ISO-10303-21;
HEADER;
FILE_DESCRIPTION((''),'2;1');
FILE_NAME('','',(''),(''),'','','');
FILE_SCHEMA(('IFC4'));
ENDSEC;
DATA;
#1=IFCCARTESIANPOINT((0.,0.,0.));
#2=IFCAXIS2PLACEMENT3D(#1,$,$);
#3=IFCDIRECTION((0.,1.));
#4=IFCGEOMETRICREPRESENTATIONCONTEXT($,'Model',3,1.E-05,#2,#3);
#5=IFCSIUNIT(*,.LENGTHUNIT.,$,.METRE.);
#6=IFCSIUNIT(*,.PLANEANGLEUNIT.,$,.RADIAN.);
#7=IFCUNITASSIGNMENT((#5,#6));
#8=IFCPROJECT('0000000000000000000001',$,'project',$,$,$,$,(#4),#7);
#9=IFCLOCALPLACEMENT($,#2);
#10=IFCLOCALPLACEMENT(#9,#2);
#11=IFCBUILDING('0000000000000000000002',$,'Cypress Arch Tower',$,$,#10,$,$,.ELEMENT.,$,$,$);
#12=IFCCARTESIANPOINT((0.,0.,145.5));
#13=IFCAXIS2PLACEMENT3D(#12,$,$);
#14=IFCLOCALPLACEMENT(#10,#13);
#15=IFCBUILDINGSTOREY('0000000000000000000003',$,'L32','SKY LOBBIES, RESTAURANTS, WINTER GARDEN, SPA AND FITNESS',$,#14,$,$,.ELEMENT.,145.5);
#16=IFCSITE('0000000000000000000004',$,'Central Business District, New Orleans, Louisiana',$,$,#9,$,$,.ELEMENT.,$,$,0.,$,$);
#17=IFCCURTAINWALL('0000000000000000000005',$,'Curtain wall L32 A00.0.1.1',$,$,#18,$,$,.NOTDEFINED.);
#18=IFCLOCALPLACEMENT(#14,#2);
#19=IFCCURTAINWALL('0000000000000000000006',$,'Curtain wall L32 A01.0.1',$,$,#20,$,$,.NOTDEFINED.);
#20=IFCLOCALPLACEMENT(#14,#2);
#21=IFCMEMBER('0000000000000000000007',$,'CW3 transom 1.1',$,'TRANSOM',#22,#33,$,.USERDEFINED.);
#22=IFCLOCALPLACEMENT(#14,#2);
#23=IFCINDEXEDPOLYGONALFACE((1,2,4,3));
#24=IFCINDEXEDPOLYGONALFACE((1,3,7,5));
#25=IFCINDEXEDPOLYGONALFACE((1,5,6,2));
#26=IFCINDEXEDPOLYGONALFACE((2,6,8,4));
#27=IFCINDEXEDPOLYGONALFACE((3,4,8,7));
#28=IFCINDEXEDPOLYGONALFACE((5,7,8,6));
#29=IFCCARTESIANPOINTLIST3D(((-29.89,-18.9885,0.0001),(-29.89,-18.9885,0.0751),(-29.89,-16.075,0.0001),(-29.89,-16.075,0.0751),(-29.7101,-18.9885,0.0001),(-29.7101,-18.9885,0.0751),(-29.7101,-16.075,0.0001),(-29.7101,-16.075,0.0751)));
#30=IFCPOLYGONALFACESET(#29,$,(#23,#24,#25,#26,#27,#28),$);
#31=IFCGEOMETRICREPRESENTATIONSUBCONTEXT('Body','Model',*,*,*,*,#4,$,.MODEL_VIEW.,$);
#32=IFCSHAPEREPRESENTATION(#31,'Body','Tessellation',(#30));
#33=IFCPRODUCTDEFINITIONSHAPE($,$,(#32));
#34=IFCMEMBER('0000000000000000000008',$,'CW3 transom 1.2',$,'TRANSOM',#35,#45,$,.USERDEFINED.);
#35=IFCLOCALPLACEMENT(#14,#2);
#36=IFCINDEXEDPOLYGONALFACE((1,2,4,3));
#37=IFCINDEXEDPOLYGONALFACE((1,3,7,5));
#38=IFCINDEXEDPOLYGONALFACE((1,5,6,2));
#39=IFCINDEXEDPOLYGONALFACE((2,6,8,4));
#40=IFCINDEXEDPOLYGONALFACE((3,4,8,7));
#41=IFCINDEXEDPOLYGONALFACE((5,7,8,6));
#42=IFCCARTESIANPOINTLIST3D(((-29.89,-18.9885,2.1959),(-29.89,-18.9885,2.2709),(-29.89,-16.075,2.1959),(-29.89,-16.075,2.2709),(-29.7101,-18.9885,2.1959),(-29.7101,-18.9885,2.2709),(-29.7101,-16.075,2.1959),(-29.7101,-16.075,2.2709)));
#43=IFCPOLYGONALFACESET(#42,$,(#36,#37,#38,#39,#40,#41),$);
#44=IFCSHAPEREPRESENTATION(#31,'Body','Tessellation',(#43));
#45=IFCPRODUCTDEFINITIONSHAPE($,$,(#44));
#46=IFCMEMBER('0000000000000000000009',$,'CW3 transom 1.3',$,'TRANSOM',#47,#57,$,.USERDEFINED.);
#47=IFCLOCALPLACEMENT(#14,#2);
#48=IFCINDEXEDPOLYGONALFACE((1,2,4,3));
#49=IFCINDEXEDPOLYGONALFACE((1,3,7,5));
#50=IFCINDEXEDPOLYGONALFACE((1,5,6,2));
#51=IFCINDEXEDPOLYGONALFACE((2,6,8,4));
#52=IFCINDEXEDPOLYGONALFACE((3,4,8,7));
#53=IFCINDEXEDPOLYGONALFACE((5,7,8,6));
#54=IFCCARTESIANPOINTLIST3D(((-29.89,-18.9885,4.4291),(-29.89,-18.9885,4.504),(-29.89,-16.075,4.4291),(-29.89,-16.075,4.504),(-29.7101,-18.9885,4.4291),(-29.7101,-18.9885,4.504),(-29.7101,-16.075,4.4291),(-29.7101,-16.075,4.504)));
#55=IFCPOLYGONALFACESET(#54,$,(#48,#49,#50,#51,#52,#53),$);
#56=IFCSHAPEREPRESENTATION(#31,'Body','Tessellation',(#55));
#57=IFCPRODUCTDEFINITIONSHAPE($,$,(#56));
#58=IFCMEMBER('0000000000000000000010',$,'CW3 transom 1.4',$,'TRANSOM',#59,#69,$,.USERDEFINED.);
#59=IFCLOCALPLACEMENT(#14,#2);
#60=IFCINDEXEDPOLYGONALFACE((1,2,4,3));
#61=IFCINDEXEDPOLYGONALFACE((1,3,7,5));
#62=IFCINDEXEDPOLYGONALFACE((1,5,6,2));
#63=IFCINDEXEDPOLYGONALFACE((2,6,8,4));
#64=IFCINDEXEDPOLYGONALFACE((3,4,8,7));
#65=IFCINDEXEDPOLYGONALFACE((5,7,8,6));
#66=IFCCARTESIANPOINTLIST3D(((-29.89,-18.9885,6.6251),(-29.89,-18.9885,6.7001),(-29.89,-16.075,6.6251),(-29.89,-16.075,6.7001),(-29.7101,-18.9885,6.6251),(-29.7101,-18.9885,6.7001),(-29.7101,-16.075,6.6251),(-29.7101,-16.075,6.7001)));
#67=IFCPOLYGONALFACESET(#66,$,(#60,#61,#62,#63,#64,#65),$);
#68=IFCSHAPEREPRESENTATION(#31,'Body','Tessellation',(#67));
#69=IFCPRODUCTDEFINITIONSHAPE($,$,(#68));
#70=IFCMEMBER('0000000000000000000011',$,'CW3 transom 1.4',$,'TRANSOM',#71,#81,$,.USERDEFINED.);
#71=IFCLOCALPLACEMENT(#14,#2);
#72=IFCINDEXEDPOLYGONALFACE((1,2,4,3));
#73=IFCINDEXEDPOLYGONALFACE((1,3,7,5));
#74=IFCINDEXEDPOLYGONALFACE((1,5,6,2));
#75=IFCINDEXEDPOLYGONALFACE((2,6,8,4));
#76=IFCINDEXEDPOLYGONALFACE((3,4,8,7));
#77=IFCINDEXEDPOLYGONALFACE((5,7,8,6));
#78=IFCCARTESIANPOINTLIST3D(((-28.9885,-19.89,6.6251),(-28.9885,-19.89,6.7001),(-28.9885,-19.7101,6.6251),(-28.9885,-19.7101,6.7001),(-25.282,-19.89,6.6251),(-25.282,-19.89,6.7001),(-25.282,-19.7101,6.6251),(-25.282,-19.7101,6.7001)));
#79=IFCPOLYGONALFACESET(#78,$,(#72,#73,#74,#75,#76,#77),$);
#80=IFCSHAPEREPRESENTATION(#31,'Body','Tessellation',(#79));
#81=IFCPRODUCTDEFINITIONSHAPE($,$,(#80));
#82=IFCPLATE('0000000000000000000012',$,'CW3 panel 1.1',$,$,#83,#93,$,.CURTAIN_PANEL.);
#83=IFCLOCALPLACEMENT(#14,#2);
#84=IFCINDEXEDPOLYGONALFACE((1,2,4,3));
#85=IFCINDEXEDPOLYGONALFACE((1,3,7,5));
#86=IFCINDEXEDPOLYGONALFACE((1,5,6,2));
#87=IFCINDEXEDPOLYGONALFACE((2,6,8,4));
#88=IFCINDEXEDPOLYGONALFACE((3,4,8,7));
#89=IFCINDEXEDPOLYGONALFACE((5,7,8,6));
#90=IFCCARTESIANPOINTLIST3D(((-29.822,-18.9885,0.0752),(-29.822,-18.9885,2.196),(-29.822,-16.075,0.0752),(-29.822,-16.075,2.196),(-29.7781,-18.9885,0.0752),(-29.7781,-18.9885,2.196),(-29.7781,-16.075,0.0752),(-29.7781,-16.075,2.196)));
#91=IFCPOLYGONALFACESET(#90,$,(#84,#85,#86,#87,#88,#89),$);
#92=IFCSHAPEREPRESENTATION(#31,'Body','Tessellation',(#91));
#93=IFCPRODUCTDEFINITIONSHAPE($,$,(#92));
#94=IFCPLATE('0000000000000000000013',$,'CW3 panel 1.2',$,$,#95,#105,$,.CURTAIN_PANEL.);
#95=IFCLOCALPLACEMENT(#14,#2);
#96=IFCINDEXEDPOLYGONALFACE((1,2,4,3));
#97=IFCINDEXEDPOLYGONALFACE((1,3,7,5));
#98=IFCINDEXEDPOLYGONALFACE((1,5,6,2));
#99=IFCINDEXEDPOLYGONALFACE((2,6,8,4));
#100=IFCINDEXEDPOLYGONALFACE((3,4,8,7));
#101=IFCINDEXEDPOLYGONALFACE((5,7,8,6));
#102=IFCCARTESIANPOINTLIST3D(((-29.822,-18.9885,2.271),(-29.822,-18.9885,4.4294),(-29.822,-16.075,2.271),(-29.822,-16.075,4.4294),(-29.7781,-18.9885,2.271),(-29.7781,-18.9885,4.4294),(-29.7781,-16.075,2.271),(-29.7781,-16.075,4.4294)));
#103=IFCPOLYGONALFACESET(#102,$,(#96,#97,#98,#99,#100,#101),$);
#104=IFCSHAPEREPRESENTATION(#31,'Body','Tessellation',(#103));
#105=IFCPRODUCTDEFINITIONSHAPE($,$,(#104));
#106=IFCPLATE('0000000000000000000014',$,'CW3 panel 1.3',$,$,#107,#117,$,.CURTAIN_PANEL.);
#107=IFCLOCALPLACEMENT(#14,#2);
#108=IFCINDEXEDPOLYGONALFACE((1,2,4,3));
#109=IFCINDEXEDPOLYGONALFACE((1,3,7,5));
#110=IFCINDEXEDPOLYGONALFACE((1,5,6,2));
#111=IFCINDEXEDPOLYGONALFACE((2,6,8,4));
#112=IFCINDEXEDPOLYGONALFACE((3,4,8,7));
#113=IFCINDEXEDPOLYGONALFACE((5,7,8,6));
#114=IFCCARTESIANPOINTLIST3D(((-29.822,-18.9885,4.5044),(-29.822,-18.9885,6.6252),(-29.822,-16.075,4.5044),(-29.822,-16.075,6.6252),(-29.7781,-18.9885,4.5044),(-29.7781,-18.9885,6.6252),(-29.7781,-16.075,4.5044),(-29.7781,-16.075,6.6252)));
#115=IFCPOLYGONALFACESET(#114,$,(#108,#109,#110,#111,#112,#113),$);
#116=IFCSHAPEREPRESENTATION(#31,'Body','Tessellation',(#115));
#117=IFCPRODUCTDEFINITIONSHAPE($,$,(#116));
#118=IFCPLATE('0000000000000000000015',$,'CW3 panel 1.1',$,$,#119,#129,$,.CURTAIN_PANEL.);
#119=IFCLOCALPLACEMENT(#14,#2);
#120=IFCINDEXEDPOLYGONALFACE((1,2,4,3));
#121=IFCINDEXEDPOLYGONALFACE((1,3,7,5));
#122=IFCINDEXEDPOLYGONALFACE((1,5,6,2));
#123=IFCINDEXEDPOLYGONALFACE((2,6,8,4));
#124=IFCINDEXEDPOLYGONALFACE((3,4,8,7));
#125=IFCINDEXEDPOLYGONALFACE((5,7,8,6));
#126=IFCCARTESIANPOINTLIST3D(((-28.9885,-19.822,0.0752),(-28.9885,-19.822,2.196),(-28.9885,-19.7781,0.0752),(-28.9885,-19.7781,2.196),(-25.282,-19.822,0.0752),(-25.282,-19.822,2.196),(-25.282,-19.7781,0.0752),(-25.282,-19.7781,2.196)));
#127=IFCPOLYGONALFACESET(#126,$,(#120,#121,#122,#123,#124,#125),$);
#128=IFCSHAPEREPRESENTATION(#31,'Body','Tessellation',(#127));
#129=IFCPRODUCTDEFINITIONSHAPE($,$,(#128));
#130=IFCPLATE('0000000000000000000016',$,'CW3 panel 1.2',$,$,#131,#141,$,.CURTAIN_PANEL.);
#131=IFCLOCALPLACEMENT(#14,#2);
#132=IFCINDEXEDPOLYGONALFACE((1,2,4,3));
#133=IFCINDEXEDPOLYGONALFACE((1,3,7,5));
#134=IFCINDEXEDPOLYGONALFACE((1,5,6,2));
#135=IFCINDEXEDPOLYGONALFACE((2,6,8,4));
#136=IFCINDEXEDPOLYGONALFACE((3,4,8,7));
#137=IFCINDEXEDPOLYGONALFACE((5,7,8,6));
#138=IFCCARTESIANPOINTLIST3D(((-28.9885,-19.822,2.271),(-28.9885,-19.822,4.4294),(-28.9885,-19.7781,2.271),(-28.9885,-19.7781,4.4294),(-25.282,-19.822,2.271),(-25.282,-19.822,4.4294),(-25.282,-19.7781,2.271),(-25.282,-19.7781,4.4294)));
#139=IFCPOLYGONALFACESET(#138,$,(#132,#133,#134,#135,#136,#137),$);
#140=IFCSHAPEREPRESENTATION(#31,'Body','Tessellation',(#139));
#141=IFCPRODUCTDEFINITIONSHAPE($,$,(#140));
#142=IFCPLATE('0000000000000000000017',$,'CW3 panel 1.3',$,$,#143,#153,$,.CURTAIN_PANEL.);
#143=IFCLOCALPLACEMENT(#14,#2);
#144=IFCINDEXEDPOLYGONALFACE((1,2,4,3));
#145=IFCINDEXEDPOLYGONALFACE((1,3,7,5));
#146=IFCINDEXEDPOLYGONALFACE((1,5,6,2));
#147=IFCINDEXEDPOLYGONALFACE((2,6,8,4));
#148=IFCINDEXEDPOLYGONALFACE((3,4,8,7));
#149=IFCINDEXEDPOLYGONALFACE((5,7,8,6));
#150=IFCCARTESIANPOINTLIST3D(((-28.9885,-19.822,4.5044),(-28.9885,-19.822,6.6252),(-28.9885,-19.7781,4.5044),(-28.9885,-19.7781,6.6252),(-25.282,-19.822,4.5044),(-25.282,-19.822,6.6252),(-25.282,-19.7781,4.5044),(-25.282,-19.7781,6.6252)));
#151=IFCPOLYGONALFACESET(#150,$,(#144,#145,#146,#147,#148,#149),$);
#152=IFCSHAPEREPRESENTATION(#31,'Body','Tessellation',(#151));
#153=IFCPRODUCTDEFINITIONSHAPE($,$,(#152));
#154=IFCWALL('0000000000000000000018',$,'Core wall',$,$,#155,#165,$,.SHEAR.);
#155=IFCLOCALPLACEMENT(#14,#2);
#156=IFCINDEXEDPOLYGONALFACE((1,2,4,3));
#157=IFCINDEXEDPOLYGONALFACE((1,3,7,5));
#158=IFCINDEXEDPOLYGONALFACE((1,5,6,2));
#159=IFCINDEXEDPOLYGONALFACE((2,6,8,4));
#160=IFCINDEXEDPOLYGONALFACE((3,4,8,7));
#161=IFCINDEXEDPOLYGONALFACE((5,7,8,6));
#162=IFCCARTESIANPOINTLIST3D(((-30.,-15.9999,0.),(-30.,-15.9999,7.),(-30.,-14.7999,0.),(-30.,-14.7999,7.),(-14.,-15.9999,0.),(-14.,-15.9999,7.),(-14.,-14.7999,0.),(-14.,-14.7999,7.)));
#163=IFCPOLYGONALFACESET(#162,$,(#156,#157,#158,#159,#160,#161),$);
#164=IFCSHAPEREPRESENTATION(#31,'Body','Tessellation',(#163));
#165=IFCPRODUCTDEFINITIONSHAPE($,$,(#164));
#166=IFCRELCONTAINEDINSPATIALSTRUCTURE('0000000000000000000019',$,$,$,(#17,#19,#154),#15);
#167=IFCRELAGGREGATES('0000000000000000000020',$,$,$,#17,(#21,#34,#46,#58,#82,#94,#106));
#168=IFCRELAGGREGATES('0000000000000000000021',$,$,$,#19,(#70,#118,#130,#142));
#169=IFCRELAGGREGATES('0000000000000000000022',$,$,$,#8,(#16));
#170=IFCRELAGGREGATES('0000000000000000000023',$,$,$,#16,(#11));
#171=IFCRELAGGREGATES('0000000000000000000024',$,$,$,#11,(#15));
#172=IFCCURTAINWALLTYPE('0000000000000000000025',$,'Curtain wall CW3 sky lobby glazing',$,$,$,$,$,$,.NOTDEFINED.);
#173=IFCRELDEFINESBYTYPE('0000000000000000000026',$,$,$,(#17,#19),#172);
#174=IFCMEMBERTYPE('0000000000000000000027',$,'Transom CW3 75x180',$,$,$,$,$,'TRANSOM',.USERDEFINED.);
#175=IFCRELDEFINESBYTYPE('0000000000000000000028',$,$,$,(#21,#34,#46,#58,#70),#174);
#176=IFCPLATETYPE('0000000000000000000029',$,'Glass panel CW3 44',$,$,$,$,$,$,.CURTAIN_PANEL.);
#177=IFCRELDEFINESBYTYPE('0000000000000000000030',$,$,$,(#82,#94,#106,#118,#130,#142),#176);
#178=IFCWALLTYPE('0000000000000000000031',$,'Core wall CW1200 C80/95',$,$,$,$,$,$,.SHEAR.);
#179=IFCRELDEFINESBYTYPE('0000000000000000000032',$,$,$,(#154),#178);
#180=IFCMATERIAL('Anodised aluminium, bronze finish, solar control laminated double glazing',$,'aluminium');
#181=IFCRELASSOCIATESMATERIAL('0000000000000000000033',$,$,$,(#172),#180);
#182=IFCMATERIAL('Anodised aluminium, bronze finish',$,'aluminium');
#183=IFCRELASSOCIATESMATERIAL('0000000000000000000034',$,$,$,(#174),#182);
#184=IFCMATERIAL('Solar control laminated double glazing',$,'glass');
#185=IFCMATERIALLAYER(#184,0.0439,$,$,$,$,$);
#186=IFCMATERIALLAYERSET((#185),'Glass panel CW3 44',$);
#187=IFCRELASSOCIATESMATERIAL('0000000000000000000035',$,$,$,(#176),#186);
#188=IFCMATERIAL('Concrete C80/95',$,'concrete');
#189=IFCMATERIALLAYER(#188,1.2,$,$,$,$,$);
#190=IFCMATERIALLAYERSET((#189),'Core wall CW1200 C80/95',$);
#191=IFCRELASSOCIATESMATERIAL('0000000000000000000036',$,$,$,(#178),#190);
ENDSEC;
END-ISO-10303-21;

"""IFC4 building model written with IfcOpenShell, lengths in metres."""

from ifc_helpers import new_model, si_unit, direction, frame, frame_2d, origin, origin_2d, place, context, subcontext, project, spatial, rectangle, extrude, material, layer, layer_set, material_profile, profile_set, type_object, element, aggregate, save


model = new_model("IFC4")

# Units and contexts
model_context = context("Model", 3, precision=1e-05, world=origin(), true_north=direction((0.0, 1.0)))
body_context = subcontext(model_context, "Body", "Model", "MODEL_VIEW")
ifc_project = project(units=[si_unit("LENGTHUNIT", "METRE"), si_unit("PLANEANGLEUNIT", "RADIAN")], contexts=[model_context])

# Site, building, storey
site_placement = place(None, origin())
site = spatial("IfcSite", under=ifc_project, at=site_placement, Name="Central Business District, New Orleans, Louisiana", CompositionType="ELEMENT", RefElevation=0.0)
building_placement = place(site_placement, origin())
building = spatial("IfcBuilding", under=site, at=building_placement, Name="Cypress Arch Tower", CompositionType="ELEMENT")
storey_placement = place(building_placement, frame((0.0, 0.0, 145.5)))
storey = spatial("IfcBuildingStorey", under=building, at=storey_placement, Name="L32", Description="SKY LOBBIES, RESTAURANTS, WINTER GARDEN, SPA AND FITNESS", CompositionType="ELEMENT", Elevation=145.5)

# Curtain wall
ifc_material_1 = material(Name="Anodised aluminium, bronze finish, solar control laminated double glazing", Category="aluminium")
curtain_wall_type = type_object("IfcCurtainWallType", Name="Curtain wall CW3 sky lobby glazing", PredefinedType="NOTDEFINED", material=ifc_material_1)
curtain_wall_1_placement = place(storey_placement, origin())
curtain_wall_1 = element("IfcCurtainWall", 1, at=curtain_wall_1_placement, inside=storey, type_object=curtain_wall_type, Name="Curtain wall L32 A00.0.1.1", PredefinedType="NOTDEFINED")

# Curtain wall
curtain_wall_2_placement = place(storey_placement, origin())
curtain_wall_2 = element("IfcCurtainWall", 2, at=curtain_wall_2_placement, inside=storey, type_object=curtain_wall_type, Name="Curtain wall L32 A01.0.1", PredefinedType="NOTDEFINED")

# Members
ifc_material_2 = material(Name="Anodised aluminium, bronze finish", Category="aluminium")
ifc_material_profile_1 = material_profile(ifc_material_2, rectangle(XDim=0.1799, YDim=0.075, at=origin_2d()), Name="Transom 75x180")
ifc_profile_set_1 = profile_set([ifc_material_profile_1], Name="Anodised aluminium, bronze finish")
member_type_1 = type_object("IfcMemberType", Name="Transom CW3 75x180", ElementType="TRANSOM", PredefinedType="USERDEFINED", material=ifc_profile_set_1)
member_1_placement = place(storey_placement, frame((-29.8, -16.075, 0.0376), z_axis=(0.0, -1.0, 0.0), x_axis=(1.0, 0.0, 0.0)))
member_1 = element("IfcMember", 3, at=member_1_placement, type_object=member_type_1, Name="CW3 transom 1.1", ObjectType="TRANSOM", PredefinedType="USERDEFINED", context=body_context, shape_type="SweptSolid", body=[
    extrude(rectangle(XDim=0.1799, YDim=0.075, at=origin_2d()), origin(), (0.0, 0.0, 1.0), 2.9136),
])
member_2_placement = place(storey_placement, frame((-29.8, -16.075, 2.2334), z_axis=(0.0, -1.0, 0.0), x_axis=(1.0, 0.0, 0.0)))
member_2 = element("IfcMember", 4, at=member_2_placement, type_object=member_type_1, Name="CW3 transom 1.2", ObjectType="TRANSOM", PredefinedType="USERDEFINED", context=body_context, shape_type="SweptSolid", body=[
    extrude(rectangle(XDim=0.1799, YDim=0.075, at=origin_2d()), origin(), (0.0, 0.0, 1.0), 2.9136),
])
member_3_placement = place(storey_placement, frame((-29.8, -16.075, 4.4666), z_axis=(0.0, -1.0, 0.0), x_axis=(1.0, 0.0, 0.0)))
member_3 = element("IfcMember", 5, at=member_3_placement, type_object=member_type_1, Name="CW3 transom 1.3", ObjectType="TRANSOM", PredefinedType="USERDEFINED", context=body_context, shape_type="SweptSolid", body=[
    extrude(rectangle(XDim=0.1799, YDim=0.075, at=origin_2d()), origin(), (0.0, 0.0, 1.0), 2.9136),
])
member_4_placement = place(storey_placement, frame((-29.8, -16.075, 6.6626), z_axis=(0.0, -1.0, 0.0), x_axis=(1.0, 0.0, 0.0)))
member_4 = element("IfcMember", 6, at=member_4_placement, type_object=member_type_1, Name="CW3 transom 1.4", ObjectType="TRANSOM", PredefinedType="USERDEFINED", context=body_context, shape_type="SweptSolid", body=[
    extrude(rectangle(XDim=0.1799, YDim=0.075, at=origin_2d()), origin(), (0.0, 0.0, 1.0), 2.9136),
])
member_5_placement = place(storey_placement, frame((-28.9885, -19.8, 6.6626), z_axis=(1.0, 0.0, 0.0), x_axis=(0.0, 1.0, 0.0)))
member_5 = element("IfcMember", 7, at=member_5_placement, type_object=member_type_1, Name="CW3 transom 1.4", ObjectType="TRANSOM", PredefinedType="USERDEFINED", context=body_context, shape_type="SweptSolid", body=[
    extrude(rectangle(XDim=0.1799, YDim=0.075, at=origin_2d()), origin(), (0.0, 0.0, 1.0), 3.7065),
])

# Plates
ifc_material_3 = material(Name="Solar control laminated double glazing", Category="glass")
ifc_layer_1 = layer(ifc_material_3, 0.0439)
ifc_layer_set_1 = layer_set([ifc_layer_1], Name="Glass panel CW3 44")
plate_type = type_object("IfcPlateType", Name="Glass panel CW3 44", PredefinedType="CURTAIN_PANEL", material=ifc_layer_set_1)
plate_1_placement = place(storey_placement, frame((-29.8, -17.5317, 0.0752), z_axis=(0.0, 0.0, 1.0), x_axis=(0.0, -1.0, 0.0)))
plate_1 = element("IfcPlate", 8, at=plate_1_placement, type_object=plate_type, Name="CW3 panel 1.1", PredefinedType="CURTAIN_PANEL", context=body_context, shape_type="SweptSolid", body=[
    extrude(rectangle(XDim=2.9136, YDim=0.0439, at=origin_2d()), origin(), (0.0, 0.0, 1.0), 2.1208),
])
plate_2_placement = place(storey_placement, frame((-29.8, -17.5317, 2.271), z_axis=(0.0, 0.0, 1.0), x_axis=(0.0, -1.0, 0.0)))
plate_2 = element("IfcPlate", 9, at=plate_2_placement, type_object=plate_type, Name="CW3 panel 1.2", PredefinedType="CURTAIN_PANEL", context=body_context, shape_type="SweptSolid", body=[
    extrude(rectangle(XDim=2.9136, YDim=0.0439, at=origin_2d()), origin(), (0.0, 0.0, 1.0), 2.1584),
])
plate_3_placement = place(storey_placement, frame((-29.8, -17.5317, 4.5044), z_axis=(0.0, 0.0, 1.0), x_axis=(0.0, -1.0, 0.0)))
plate_3 = element("IfcPlate", 10, at=plate_3_placement, type_object=plate_type, Name="CW3 panel 1.3", PredefinedType="CURTAIN_PANEL", context=body_context, shape_type="SweptSolid", body=[
    extrude(rectangle(XDim=2.9136, YDim=0.0439, at=origin_2d()), origin(), (0.0, 0.0, 1.0), 2.1208),
])
aggregate(curtain_wall_1, [member_1, member_2, member_3, member_4, plate_1, plate_2, plate_3])
plate_4_placement = place(storey_placement, frame((-27.1353, -19.8, 0.0752), z_axis=(0.0, 0.0, 1.0), x_axis=(1.0, 0.0, 0.0)))
plate_4 = element("IfcPlate", 11, at=plate_4_placement, type_object=plate_type, Name="CW3 panel 1.1", PredefinedType="CURTAIN_PANEL", context=body_context, shape_type="SweptSolid", body=[
    extrude(rectangle(XDim=3.7065, YDim=0.0439, at=origin_2d()), origin(), (0.0, 0.0, 1.0), 2.1208),
])
plate_5_placement = place(storey_placement, frame((-27.1353, -19.8, 2.271), z_axis=(0.0, 0.0, 1.0), x_axis=(1.0, 0.0, 0.0)))
plate_5 = element("IfcPlate", 12, at=plate_5_placement, type_object=plate_type, Name="CW3 panel 1.2", PredefinedType="CURTAIN_PANEL", context=body_context, shape_type="SweptSolid", body=[
    extrude(rectangle(XDim=3.7065, YDim=0.0439, at=origin_2d()), origin(), (0.0, 0.0, 1.0), 2.1584),
])
plate_6_placement = place(storey_placement, frame((-27.1353, -19.8, 4.5044), z_axis=(0.0, 0.0, 1.0), x_axis=(1.0, 0.0, 0.0)))
plate_6 = element("IfcPlate", 13, at=plate_6_placement, type_object=plate_type, Name="CW3 panel 1.3", PredefinedType="CURTAIN_PANEL", context=body_context, shape_type="SweptSolid", body=[
    extrude(rectangle(XDim=3.7065, YDim=0.0439, at=origin_2d()), origin(), (0.0, 0.0, 1.0), 2.1208),
])
aggregate(curtain_wall_2, [member_5, plate_4, plate_5, plate_6])

# Wall
ifc_material_4 = material(Name="Concrete C80/95", Category="concrete")
ifc_layer_2 = layer(ifc_material_4, 1.2)
ifc_layer_set_2 = layer_set([ifc_layer_2], Name="Core wall CW1200 C80/95")
wall_type_1 = type_object("IfcWallType", Name="Core wall CW1200 C80/95", PredefinedType="SHEAR", material=ifc_layer_set_2)
wall_1_placement = place(storey_placement, frame((-30.0, -15.3999, 0.0), z_axis=(0.0, 0.0, 1.0), x_axis=(1.0, 0.0, 0.0)))
element("IfcWall", 14, at=wall_1_placement, inside=storey, type_object=wall_type_1, Name="Core wall", PredefinedType="SHEAR", context=body_context, shape_type="SweptSolid", body=[
    extrude(rectangle(XDim=16.0, YDim=1.2, at=frame_2d((8.0, 0.0))), origin(), (0.0, 0.0, 1.0), 7.0),
])

save(model, "model.ifc")
